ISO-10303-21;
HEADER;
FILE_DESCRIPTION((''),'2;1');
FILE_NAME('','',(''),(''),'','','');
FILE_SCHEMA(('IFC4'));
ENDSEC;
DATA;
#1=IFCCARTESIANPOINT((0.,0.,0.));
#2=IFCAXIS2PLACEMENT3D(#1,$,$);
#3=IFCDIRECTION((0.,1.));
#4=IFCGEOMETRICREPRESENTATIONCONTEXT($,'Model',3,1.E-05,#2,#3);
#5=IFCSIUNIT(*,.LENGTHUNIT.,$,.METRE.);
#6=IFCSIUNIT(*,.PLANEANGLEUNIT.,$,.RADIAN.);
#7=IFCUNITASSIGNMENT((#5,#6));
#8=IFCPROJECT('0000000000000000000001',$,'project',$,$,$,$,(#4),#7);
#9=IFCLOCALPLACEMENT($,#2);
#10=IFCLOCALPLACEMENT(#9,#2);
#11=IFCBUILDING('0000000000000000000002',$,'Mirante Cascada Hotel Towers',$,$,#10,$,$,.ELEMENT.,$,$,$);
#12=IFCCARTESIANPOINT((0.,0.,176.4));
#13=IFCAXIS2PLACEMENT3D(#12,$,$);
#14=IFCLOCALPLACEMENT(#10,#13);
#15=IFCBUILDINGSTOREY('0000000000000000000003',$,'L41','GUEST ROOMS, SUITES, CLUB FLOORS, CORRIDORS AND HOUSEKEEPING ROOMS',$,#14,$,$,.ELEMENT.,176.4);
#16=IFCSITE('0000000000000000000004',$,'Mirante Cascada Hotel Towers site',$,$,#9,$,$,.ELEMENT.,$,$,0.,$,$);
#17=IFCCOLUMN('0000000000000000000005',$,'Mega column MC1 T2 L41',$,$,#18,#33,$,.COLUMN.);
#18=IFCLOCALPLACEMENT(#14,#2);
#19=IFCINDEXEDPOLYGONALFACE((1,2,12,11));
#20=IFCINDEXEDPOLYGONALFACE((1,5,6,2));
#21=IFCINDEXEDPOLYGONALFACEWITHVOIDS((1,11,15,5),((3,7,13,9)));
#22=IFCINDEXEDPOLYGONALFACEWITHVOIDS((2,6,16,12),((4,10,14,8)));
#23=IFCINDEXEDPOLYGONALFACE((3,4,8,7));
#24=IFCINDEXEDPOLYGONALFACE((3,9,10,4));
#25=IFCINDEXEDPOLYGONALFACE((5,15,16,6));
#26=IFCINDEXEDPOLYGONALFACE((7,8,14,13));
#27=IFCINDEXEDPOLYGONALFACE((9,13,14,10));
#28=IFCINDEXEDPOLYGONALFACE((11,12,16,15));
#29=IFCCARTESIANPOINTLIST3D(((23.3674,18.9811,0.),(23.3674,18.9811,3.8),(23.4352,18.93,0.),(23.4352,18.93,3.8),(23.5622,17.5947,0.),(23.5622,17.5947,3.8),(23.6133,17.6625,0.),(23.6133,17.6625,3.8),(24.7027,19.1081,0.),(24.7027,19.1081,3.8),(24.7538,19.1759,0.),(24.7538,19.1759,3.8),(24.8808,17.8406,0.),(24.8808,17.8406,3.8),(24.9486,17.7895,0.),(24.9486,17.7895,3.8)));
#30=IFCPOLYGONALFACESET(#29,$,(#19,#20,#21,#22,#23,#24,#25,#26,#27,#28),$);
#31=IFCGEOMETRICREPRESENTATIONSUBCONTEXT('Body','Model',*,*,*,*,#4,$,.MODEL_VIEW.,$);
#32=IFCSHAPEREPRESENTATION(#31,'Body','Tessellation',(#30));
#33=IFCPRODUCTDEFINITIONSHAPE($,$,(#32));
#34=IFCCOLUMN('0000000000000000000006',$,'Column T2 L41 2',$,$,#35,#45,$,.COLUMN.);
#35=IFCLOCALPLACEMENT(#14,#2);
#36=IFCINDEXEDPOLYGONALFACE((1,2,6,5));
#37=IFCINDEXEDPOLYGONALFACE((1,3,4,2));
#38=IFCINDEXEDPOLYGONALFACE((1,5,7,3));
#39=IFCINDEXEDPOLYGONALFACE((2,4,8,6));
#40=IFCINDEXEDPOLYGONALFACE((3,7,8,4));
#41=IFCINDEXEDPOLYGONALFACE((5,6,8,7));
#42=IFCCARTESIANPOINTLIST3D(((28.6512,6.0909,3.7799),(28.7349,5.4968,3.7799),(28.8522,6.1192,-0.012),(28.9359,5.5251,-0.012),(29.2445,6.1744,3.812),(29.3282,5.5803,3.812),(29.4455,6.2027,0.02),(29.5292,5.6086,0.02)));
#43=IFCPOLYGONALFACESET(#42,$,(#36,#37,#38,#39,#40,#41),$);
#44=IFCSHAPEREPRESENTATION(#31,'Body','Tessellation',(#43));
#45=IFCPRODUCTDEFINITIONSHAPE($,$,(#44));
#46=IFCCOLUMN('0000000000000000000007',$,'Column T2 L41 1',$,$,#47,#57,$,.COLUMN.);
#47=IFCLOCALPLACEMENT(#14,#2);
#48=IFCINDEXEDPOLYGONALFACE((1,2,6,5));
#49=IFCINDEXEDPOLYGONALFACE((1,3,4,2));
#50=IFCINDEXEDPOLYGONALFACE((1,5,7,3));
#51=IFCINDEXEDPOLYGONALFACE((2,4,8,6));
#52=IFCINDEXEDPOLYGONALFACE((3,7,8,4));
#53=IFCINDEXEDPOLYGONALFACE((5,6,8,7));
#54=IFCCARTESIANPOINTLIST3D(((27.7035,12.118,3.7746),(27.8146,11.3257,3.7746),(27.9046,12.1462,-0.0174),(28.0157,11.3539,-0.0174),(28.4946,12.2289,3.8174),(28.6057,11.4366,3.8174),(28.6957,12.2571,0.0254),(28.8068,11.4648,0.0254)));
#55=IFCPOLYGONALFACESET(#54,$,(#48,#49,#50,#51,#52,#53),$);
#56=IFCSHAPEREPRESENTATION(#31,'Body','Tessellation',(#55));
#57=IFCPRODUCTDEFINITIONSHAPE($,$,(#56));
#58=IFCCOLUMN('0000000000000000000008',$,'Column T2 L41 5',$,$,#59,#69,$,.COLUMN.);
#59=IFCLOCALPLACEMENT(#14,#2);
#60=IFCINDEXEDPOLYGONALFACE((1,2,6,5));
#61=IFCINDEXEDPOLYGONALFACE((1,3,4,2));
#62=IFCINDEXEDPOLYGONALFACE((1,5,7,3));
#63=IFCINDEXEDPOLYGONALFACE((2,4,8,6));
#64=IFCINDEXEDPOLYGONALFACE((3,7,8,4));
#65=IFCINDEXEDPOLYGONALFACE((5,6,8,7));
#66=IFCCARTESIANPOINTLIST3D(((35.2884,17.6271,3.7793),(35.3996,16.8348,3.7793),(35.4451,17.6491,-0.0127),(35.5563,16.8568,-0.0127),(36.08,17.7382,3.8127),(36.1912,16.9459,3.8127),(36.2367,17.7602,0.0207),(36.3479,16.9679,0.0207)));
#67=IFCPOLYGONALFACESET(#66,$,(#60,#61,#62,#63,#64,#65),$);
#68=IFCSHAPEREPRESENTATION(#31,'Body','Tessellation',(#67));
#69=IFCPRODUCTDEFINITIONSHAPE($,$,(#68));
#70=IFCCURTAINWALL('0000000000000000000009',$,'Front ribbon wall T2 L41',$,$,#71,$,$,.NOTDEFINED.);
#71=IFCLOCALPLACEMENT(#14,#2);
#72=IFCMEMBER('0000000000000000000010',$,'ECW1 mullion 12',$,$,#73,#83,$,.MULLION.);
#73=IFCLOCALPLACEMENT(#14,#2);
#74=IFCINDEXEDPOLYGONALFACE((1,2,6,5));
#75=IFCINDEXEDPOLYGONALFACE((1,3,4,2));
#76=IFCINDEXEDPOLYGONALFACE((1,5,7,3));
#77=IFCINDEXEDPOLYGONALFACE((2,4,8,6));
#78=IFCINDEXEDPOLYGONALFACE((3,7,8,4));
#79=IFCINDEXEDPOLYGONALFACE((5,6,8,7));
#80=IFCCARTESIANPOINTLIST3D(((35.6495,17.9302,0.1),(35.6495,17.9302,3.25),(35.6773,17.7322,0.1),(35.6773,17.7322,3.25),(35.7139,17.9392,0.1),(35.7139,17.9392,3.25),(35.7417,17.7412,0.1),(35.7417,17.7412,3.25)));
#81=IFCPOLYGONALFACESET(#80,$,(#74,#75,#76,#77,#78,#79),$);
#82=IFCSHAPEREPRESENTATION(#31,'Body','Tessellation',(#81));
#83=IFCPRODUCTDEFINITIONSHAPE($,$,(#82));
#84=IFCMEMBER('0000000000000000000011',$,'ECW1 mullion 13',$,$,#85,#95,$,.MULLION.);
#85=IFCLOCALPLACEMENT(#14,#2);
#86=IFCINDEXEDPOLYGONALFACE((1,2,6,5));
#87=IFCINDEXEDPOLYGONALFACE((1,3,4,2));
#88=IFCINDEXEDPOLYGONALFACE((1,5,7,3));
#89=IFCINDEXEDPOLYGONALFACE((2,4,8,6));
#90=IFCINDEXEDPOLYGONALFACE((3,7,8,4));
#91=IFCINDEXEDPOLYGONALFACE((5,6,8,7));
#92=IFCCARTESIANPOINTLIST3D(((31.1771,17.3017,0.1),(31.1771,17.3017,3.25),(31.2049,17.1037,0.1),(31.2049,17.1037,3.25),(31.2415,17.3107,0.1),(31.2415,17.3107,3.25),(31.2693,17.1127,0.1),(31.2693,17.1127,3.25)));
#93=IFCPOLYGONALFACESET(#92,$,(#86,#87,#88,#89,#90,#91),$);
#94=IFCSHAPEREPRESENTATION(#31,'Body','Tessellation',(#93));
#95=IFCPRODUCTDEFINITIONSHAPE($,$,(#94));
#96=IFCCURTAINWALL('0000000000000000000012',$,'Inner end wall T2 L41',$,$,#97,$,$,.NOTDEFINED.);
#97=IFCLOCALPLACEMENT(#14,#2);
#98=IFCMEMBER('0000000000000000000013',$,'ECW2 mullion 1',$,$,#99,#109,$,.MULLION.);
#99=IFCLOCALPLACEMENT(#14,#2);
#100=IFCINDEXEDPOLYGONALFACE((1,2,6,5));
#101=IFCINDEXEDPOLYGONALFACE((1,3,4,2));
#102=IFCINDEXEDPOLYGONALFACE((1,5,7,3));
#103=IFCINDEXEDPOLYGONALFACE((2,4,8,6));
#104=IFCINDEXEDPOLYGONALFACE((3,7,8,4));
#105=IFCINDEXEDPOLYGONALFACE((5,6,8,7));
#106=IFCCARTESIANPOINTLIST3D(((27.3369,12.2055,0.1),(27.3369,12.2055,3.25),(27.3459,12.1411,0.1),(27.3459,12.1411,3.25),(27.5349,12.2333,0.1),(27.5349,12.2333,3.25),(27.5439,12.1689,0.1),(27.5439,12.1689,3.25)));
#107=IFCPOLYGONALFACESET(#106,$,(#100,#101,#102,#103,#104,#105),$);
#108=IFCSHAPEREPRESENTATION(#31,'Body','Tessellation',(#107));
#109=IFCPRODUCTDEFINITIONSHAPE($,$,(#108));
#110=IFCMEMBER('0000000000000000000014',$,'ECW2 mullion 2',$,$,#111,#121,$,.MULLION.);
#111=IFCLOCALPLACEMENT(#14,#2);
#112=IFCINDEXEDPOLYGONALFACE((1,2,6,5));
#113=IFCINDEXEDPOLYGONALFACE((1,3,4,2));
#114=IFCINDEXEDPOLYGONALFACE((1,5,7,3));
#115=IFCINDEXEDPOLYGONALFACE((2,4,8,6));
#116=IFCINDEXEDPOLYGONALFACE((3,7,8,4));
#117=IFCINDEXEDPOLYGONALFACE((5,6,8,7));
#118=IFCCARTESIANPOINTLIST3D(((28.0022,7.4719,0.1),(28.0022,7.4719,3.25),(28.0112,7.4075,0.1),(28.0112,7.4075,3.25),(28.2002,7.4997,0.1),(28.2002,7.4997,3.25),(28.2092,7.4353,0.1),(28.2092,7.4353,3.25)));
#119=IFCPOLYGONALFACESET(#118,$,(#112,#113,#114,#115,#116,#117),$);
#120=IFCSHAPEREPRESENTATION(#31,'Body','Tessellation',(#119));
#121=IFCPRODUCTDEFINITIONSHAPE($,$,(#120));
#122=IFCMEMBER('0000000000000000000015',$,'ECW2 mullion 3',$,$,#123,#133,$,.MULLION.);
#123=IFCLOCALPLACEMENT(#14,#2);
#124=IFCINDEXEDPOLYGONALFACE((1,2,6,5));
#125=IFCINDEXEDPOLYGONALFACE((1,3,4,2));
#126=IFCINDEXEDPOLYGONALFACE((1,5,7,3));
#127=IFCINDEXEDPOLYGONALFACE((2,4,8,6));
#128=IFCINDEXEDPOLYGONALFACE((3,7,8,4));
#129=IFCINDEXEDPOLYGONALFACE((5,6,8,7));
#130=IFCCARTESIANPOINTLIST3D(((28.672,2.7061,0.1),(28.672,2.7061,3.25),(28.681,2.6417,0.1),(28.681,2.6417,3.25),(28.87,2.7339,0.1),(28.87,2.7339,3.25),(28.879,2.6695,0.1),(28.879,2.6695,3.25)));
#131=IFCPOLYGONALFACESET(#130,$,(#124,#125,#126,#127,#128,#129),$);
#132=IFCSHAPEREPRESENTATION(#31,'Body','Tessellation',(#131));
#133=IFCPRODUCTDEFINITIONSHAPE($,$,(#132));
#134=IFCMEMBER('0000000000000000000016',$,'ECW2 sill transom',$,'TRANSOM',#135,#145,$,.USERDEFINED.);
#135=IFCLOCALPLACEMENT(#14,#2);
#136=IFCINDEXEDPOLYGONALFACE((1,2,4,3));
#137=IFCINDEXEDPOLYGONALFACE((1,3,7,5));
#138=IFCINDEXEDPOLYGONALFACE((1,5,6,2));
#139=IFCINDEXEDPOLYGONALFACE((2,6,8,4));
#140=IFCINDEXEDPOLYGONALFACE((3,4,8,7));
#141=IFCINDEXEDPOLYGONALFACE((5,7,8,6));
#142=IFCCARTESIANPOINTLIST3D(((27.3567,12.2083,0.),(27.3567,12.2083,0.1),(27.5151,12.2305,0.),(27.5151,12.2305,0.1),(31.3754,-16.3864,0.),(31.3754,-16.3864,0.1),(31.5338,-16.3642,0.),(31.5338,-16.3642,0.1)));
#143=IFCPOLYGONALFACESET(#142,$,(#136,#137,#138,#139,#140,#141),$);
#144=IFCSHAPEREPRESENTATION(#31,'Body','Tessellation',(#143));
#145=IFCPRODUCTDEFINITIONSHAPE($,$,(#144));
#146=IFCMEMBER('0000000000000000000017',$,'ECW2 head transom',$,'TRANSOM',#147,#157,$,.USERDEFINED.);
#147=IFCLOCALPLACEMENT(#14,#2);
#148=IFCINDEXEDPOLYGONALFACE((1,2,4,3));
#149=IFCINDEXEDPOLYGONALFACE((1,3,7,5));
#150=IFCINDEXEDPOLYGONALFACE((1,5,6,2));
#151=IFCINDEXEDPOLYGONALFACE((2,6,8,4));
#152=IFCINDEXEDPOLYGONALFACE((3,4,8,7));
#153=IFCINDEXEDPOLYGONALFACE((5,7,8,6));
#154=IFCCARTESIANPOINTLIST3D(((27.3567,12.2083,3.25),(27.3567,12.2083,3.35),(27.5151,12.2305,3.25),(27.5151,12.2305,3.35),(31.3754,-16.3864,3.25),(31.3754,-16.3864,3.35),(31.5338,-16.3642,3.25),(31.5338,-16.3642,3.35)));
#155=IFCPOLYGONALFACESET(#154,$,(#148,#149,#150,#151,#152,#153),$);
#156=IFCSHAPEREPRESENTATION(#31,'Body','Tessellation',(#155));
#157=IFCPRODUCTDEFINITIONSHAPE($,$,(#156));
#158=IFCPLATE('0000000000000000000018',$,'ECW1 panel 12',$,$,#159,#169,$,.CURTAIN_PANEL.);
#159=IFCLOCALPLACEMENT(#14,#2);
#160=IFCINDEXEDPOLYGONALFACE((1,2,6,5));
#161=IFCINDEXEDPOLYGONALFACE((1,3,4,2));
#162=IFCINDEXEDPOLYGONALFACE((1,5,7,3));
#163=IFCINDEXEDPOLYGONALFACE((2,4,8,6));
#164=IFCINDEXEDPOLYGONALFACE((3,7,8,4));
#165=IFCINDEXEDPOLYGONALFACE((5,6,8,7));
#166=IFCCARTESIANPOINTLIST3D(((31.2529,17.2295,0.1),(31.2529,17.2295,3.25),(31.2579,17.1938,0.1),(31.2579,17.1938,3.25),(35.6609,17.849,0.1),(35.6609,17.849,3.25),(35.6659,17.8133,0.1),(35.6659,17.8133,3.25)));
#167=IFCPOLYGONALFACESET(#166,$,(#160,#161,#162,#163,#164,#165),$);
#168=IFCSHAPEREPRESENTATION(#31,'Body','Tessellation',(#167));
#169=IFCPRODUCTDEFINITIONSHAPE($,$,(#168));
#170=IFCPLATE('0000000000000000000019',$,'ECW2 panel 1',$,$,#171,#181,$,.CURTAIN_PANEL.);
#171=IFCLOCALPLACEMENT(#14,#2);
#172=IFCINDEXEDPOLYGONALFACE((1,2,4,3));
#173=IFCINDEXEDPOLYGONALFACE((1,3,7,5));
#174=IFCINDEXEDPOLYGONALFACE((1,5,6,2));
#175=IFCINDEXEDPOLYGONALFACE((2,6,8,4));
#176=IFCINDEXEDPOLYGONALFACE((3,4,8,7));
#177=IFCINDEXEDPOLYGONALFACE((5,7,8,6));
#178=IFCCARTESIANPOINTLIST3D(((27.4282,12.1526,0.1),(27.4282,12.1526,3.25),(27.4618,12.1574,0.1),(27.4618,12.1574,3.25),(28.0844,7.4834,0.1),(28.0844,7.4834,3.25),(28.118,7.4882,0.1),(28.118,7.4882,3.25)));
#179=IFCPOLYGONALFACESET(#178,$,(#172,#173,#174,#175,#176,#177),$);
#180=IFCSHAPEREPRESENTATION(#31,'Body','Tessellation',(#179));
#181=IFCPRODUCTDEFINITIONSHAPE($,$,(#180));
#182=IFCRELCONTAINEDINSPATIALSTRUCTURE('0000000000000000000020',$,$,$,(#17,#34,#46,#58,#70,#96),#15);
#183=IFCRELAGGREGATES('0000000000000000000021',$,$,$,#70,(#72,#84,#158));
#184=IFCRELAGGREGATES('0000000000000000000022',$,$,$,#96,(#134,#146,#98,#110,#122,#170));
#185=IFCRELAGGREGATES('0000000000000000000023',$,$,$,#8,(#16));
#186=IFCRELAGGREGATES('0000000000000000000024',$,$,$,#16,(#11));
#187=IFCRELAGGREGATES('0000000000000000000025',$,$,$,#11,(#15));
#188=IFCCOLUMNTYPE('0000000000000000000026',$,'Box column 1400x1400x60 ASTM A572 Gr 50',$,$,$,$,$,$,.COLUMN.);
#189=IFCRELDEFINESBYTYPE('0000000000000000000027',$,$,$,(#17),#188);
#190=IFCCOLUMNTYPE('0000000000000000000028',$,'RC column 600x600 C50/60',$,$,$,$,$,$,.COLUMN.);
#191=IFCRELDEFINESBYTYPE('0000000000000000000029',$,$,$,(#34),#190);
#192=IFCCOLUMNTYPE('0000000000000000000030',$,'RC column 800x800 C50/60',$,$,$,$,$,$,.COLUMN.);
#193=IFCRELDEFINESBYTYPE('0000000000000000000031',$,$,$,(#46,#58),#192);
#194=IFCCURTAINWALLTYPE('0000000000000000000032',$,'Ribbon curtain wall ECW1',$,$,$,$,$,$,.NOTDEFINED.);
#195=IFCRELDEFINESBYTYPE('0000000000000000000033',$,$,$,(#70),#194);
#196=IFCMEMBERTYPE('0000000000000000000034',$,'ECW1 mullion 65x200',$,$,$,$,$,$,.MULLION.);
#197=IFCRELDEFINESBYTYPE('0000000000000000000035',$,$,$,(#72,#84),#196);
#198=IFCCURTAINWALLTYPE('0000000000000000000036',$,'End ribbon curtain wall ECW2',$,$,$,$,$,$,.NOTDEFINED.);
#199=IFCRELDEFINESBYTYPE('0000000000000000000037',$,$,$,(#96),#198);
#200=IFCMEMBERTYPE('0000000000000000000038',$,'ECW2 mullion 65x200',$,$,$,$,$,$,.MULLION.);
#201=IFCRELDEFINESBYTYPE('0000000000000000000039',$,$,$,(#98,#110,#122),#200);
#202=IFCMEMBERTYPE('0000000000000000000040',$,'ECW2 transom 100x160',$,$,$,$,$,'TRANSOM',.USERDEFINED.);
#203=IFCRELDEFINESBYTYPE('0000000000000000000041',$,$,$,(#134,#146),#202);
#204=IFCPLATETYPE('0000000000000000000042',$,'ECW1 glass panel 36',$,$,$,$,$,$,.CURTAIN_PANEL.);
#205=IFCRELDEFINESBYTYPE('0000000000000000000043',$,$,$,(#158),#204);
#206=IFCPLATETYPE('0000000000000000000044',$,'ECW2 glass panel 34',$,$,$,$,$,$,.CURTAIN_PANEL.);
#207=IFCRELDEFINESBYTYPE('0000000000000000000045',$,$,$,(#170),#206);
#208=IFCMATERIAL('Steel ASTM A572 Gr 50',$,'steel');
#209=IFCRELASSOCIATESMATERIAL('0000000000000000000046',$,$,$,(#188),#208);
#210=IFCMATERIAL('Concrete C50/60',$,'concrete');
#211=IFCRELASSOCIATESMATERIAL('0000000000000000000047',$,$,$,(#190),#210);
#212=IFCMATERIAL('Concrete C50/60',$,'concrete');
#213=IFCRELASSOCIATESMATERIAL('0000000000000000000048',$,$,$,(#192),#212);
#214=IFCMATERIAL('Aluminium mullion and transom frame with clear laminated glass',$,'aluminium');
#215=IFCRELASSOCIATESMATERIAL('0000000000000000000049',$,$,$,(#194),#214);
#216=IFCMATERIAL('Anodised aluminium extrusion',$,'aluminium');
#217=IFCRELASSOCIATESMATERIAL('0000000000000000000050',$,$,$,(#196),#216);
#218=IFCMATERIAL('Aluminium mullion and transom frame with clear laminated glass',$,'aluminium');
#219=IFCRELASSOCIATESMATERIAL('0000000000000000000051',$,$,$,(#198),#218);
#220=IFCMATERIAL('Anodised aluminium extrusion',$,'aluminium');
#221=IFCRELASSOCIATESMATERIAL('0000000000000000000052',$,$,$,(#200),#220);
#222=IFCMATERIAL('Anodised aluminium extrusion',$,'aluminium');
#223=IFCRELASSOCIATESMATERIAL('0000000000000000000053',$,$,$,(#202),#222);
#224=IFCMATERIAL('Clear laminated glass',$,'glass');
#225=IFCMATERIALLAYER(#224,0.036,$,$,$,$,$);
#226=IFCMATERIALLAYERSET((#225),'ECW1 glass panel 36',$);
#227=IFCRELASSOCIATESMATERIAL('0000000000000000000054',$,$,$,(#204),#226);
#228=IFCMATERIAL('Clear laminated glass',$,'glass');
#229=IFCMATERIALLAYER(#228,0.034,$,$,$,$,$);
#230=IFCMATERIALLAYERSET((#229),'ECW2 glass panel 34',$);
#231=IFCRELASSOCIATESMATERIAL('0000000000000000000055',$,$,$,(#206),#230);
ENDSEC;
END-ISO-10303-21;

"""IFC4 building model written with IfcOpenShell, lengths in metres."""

from ifc_helpers import new_model, si_unit, direction, frame, origin, origin_2d, place, context, subcontext, project, spatial, rectangle, hollow_rectangle, extrude, material, layer, layer_set, material_profile, profile_set, type_object, element, aggregate, save


model = new_model("IFC4")

# Units and contexts
model_context = context("Model", 3, precision=1e-05, world=origin(), true_north=direction((0.0, 1.0)))
body_context = subcontext(model_context, "Body", "Model", "MODEL_VIEW")
ifc_project = project(units=[si_unit("LENGTHUNIT", "METRE"), si_unit("PLANEANGLEUNIT", "RADIAN")], contexts=[model_context])

# Site, building, storey
site_placement = place(None, origin())
site = spatial("IfcSite", under=ifc_project, at=site_placement, Name="Mirante Cascada Hotel Towers site", CompositionType="ELEMENT", RefElevation=0.0)
building_placement = place(site_placement, origin())
building = spatial("IfcBuilding", under=site, at=building_placement, Name="Mirante Cascada Hotel Towers", CompositionType="ELEMENT")
storey_placement = place(building_placement, frame((0.0, 0.0, 176.4)))
storey = spatial("IfcBuildingStorey", under=building, at=storey_placement, Name="L41", Description="GUEST ROOMS, SUITES, CLUB FLOORS, CORRIDORS AND HOUSEKEEPING ROOMS", CompositionType="ELEMENT", Elevation=176.4)

# Columns
ifc_material_1 = material(Name="Steel ASTM A572 Gr 50", Category="steel")
ifc_material_profile_1 = material_profile(ifc_material_1, hollow_rectangle(XDim=1.4, YDim=1.4, WallThickness=0.06, at=origin_2d()), Name="Box column 1400x1400x60 ASTM A572 Gr 50")
ifc_profile_set_1 = profile_set([ifc_material_profile_1], Name="Steel ASTM A572 Gr 50")
column_type_1 = type_object("IfcColumnType", Name="Box column 1400x1400x60 ASTM A572 Gr 50", PredefinedType="COLUMN", material=ifc_profile_set_1)
column_1_placement = place(storey_placement, frame((24.158, 18.3853, 0.0), z_axis=(0.0, 0.0, 1.0), x_axis=(0.990268, 0.139173, 0.0)))
element("IfcColumn", 1, at=column_1_placement, inside=storey, type_object=column_type_1, Name="Mega column MC1 T2 L41", PredefinedType="COLUMN", context=body_context, shape_type="SweptSolid", body=[
    extrude(hollow_rectangle(XDim=1.4, YDim=1.4, WallThickness=0.06, at=origin_2d()), origin(), (0.0, 0.0, 1.0), 3.8),
])
ifc_material_2 = material(Name="Concrete C50/60", Category="concrete")
ifc_material_profile_2 = material_profile(ifc_material_2, rectangle(XDim=0.6, YDim=0.6, at=origin_2d()), Name="RC column 600x600 C50/60")
ifc_profile_set_2 = profile_set([ifc_material_profile_2], Name="Concrete C50/60")
column_type_2 = type_object("IfcColumnType", Name="RC column 600x600 C50/60", PredefinedType="COLUMN", material=ifc_profile_set_2)
column_2_placement = place(storey_placement, frame((29.1907, 5.8639, 0.004), z_axis=(-0.052931, -0.007452, 0.99857), x_axis=(0.139421, -0.990233, 0.0)))
element("IfcColumn", 2, at=column_2_placement, inside=storey, type_object=column_type_2, Name="Column T2 L41 2", PredefinedType="COLUMN", context=body_context, shape_type="SweptSolid", body=[
    extrude(rectangle(XDim=0.6, YDim=0.6, at=origin_2d()), origin(), (0.0, 0.0, 1.0), 3.7974),
])
ifc_material_3 = material(Name="Concrete C50/60", Category="concrete")
ifc_material_profile_3 = material_profile(ifc_material_3, rectangle(XDim=0.8, YDim=0.8, at=origin_2d()), Name="RC column 800x800 C50/60")
ifc_profile_set_3 = profile_set([ifc_material_profile_3], Name="Concrete C50/60")
column_type_3 = type_object("IfcColumnType", Name="RC column 800x800 C50/60", PredefinedType="COLUMN", material=ifc_profile_set_3)
column_3_placement = place(storey_placement, frame((28.3557, 11.8055, 0.004), z_axis=(-0.052957, -0.007426, 0.998569), x_axis=(0.13887, -0.990311, 0.0)))
element("IfcColumn", 3, at=column_3_placement, inside=storey, type_object=column_type_3, Name="Column T2 L41 1", PredefinedType="COLUMN", context=body_context, shape_type="SweptSolid", body=[
    extrude(rectangle(XDim=0.8, YDim=0.8, at=origin_2d()), origin(), (0.0, 0.0, 1.0), 3.7974),
])
column_4_placement = place(storey_placement, frame((35.8965, 17.3085, 0.004), z_axis=(-0.041288, -0.005797, 0.999131), x_axis=(0.139032, -0.990288, 0.0)))
element("IfcColumn", 4, at=column_4_placement, inside=storey, type_object=column_type_3, Name="Column T2 L41 5", PredefinedType="COLUMN", context=body_context, shape_type="SweptSolid", body=[
    extrude(rectangle(XDim=0.8, YDim=0.8, at=origin_2d()), origin(), (0.0, 0.0, 1.0), 3.7953),
])

# Curtain walls, members
ifc_material_4 = material(Name="Aluminium mullion and transom frame with clear laminated glass", Category="aluminium")
curtain_wall_type_1 = type_object("IfcCurtainWallType", Name="Ribbon curtain wall ECW1", PredefinedType="NOTDEFINED", material=ifc_material_4)
curtain_wall_1_placement = place(storey_placement, origin())
curtain_wall_1 = element("IfcCurtainWall", 5, at=curtain_wall_1_placement, inside=storey, type_object=curtain_wall_type_1, Name="Front ribbon wall T2 L41", PredefinedType="NOTDEFINED")
ifc_material_5 = material(Name="Anodised aluminium extrusion", Category="aluminium")
ifc_material_profile_4 = material_profile(ifc_material_5, rectangle(XDim=0.2, YDim=0.065, at=origin_2d()), Name="ECW1 MULLION 65x200")
ifc_profile_set_4 = profile_set([ifc_material_profile_4], Name="Anodised aluminium extrusion")
member_type_1 = type_object("IfcMemberType", Name="ECW1 mullion 65x200", PredefinedType="MULLION", material=ifc_profile_set_4)
member_1_placement = place(storey_placement, frame((35.6956, 17.8357, 0.1), z_axis=(0.0, 0.0, 1.0), x_axis=(0.139173, -0.990268, 0.0)))
member_1 = element("IfcMember", 6, at=member_1_placement, type_object=member_type_1, Name="ECW1 mullion 12", PredefinedType="MULLION", context=body_context, shape_type="SweptSolid", body=[
    extrude(rectangle(XDim=0.2, YDim=0.065, at=origin_2d()), origin(), (0.0, 0.0, 1.0), 3.15),
])
member_2_placement = place(storey_placement, frame((31.2232, 17.2072, 0.1), z_axis=(0.0, 0.0, 1.0), x_axis=(0.139173, -0.990268, 0.0)))
member_2 = element("IfcMember", 7, at=member_2_placement, type_object=member_type_1, Name="ECW1 mullion 13", PredefinedType="MULLION", context=body_context, shape_type="SweptSolid", body=[
    extrude(rectangle(XDim=0.2, YDim=0.065, at=origin_2d()), origin(), (0.0, 0.0, 1.0), 3.15),
])
ifc_material_6 = material(Name="Aluminium mullion and transom frame with clear laminated glass", Category="aluminium")
curtain_wall_type_2 = type_object("IfcCurtainWallType", Name="End ribbon curtain wall ECW2", PredefinedType="NOTDEFINED", material=ifc_material_6)
curtain_wall_2_placement = place(storey_placement, origin())
curtain_wall_2 = element("IfcCurtainWall", 8, at=curtain_wall_2_placement, inside=storey, type_object=curtain_wall_type_2, Name="Inner end wall T2 L41", PredefinedType="NOTDEFINED")
ifc_material_7 = material(Name="Anodised aluminium extrusion", Category="aluminium")
ifc_material_profile_5 = material_profile(ifc_material_7, rectangle(XDim=0.2, YDim=0.065, at=origin_2d()), Name="ECW2 MULLION 65x200")
ifc_profile_set_5 = profile_set([ifc_material_profile_5], Name="Anodised aluminium extrusion")
member_type_2 = type_object("IfcMemberType", Name="ECW2 mullion 65x200", PredefinedType="MULLION", material=ifc_profile_set_5)
member_3_placement = place(storey_placement, frame((27.4404, 12.1872, 0.1), z_axis=(0.0, 0.0, 1.0), x_axis=(0.990268, 0.139173, 0.0)))
member_3 = element("IfcMember", 9, at=member_3_placement, type_object=member_type_2, Name="ECW2 mullion 1", PredefinedType="MULLION", context=body_context, shape_type="SweptSolid", body=[
    extrude(rectangle(XDim=0.2, YDim=0.065, at=origin_2d()), origin(), (0.0, 0.0, 1.0), 3.15),
])
member_4_placement = place(storey_placement, frame((28.1057, 7.4536, 0.1), z_axis=(0.0, 0.0, 1.0), x_axis=(0.990268, 0.139173, 0.0)))
member_4 = element("IfcMember", 10, at=member_4_placement, type_object=member_type_2, Name="ECW2 mullion 2", PredefinedType="MULLION", context=body_context, shape_type="SweptSolid", body=[
    extrude(rectangle(XDim=0.2, YDim=0.065, at=origin_2d()), origin(), (0.0, 0.0, 1.0), 3.15),
])
member_5_placement = place(storey_placement, frame((28.7755, 2.6878, 0.1), z_axis=(0.0, 0.0, 1.0), x_axis=(0.990268, 0.139173, 0.0)))
member_5 = element("IfcMember", 11, at=member_5_placement, type_object=member_type_2, Name="ECW2 mullion 3", PredefinedType="MULLION", context=body_context, shape_type="SweptSolid", body=[
    extrude(rectangle(XDim=0.2, YDim=0.065, at=origin_2d()), origin(), (0.0, 0.0, 1.0), 3.15),
])
ifc_material_8 = material(Name="Anodised aluminium extrusion", Category="aluminium")
ifc_material_profile_6 = material_profile(ifc_material_8, rectangle(XDim=0.16, YDim=0.1, at=origin_2d()), Name="ECW2 TRANSOM 100x160")
ifc_profile_set_6 = profile_set([ifc_material_profile_6], Name="Anodised aluminium extrusion")
member_type_3 = type_object("IfcMemberType", Name="ECW2 transom 100x160", ElementType="TRANSOM", PredefinedType="USERDEFINED", material=ifc_profile_set_6)
member_6_placement = place(storey_placement, frame((27.4359, 12.2194, 0.05), z_axis=(0.139172, -0.990268, 0.0), x_axis=(0.990268, 0.139172, 0.0)))
member_6 = element("IfcMember", 12, at=member_6_placement, type_object=member_type_3, Name="ECW2 sill transom", ObjectType="TRANSOM", PredefinedType="USERDEFINED", context=body_context, shape_type="SweptSolid", body=[
    extrude(rectangle(XDim=0.16, YDim=0.1, at=origin_2d()), origin(), (0.0, 0.0, 1.0), 28.8757),
])
member_7_placement = place(storey_placement, frame((27.4359, 12.2194, 3.3), z_axis=(0.139172, -0.990268, 0.0), x_axis=(0.990268, 0.139172, 0.0)))
member_7 = element("IfcMember", 13, at=member_7_placement, type_object=member_type_3, Name="ECW2 head transom", ObjectType="TRANSOM", PredefinedType="USERDEFINED", context=body_context, shape_type="SweptSolid", body=[
    extrude(rectangle(XDim=0.16, YDim=0.1, at=origin_2d()), origin(), (0.0, 0.0, 1.0), 28.8757),
])

# Plates
ifc_material_9 = material(Name="Clear laminated glass", Category="glass")
ifc_layer_1 = layer(ifc_material_9, 0.036)
ifc_layer_set_1 = layer_set([ifc_layer_1], Name="ECW1 glass panel 36")
plate_type_1 = type_object("IfcPlateType", Name="ECW1 glass panel 36", PredefinedType="CURTAIN_PANEL", material=ifc_layer_set_1)
plate_1_placement = place(storey_placement, frame((33.4594, 17.5214, 0.1), z_axis=(0.0, 0.0, 1.0), x_axis=(-0.990268, -0.139173, 0.0)))
plate_1 = element("IfcPlate", 14, at=plate_1_placement, type_object=plate_type_1, Name="ECW1 panel 12", PredefinedType="CURTAIN_PANEL", context=body_context, shape_type="SweptSolid", body=[
    extrude(rectangle(XDim=4.4513, YDim=0.036, at=origin_2d()), origin(), (0.0, 0.0, 1.0), 3.15),
])
aggregate(curtain_wall_1, [member_1, member_2, plate_1])
ifc_material_10 = material(Name="Clear laminated glass", Category="glass")
ifc_layer_2 = layer(ifc_material_10, 0.034)
ifc_layer_set_2 = layer_set([ifc_layer_2], Name="ECW2 glass panel 34")
plate_type_2 = type_object("IfcPlateType", Name="ECW2 glass panel 34", PredefinedType="CURTAIN_PANEL", material=ifc_layer_set_2)
plate_2_placement = place(storey_placement, frame((27.7731, 9.8204, 0.1), z_axis=(0.0, 0.0, 1.0), x_axis=(0.139173, -0.990268, 0.0)))
plate_2 = element("IfcPlate", 15, at=plate_2_placement, type_object=plate_type_2, Name="ECW2 panel 1", PredefinedType="CURTAIN_PANEL", context=body_context, shape_type="SweptSolid", body=[
    extrude(rectangle(XDim=4.7151, YDim=0.034, at=origin_2d()), origin(), (0.0, 0.0, 1.0), 3.15),
])
aggregate(curtain_wall_2, [member_6, member_7, member_3, member_4, member_5, plate_2])

save(model, "model.ifc")
